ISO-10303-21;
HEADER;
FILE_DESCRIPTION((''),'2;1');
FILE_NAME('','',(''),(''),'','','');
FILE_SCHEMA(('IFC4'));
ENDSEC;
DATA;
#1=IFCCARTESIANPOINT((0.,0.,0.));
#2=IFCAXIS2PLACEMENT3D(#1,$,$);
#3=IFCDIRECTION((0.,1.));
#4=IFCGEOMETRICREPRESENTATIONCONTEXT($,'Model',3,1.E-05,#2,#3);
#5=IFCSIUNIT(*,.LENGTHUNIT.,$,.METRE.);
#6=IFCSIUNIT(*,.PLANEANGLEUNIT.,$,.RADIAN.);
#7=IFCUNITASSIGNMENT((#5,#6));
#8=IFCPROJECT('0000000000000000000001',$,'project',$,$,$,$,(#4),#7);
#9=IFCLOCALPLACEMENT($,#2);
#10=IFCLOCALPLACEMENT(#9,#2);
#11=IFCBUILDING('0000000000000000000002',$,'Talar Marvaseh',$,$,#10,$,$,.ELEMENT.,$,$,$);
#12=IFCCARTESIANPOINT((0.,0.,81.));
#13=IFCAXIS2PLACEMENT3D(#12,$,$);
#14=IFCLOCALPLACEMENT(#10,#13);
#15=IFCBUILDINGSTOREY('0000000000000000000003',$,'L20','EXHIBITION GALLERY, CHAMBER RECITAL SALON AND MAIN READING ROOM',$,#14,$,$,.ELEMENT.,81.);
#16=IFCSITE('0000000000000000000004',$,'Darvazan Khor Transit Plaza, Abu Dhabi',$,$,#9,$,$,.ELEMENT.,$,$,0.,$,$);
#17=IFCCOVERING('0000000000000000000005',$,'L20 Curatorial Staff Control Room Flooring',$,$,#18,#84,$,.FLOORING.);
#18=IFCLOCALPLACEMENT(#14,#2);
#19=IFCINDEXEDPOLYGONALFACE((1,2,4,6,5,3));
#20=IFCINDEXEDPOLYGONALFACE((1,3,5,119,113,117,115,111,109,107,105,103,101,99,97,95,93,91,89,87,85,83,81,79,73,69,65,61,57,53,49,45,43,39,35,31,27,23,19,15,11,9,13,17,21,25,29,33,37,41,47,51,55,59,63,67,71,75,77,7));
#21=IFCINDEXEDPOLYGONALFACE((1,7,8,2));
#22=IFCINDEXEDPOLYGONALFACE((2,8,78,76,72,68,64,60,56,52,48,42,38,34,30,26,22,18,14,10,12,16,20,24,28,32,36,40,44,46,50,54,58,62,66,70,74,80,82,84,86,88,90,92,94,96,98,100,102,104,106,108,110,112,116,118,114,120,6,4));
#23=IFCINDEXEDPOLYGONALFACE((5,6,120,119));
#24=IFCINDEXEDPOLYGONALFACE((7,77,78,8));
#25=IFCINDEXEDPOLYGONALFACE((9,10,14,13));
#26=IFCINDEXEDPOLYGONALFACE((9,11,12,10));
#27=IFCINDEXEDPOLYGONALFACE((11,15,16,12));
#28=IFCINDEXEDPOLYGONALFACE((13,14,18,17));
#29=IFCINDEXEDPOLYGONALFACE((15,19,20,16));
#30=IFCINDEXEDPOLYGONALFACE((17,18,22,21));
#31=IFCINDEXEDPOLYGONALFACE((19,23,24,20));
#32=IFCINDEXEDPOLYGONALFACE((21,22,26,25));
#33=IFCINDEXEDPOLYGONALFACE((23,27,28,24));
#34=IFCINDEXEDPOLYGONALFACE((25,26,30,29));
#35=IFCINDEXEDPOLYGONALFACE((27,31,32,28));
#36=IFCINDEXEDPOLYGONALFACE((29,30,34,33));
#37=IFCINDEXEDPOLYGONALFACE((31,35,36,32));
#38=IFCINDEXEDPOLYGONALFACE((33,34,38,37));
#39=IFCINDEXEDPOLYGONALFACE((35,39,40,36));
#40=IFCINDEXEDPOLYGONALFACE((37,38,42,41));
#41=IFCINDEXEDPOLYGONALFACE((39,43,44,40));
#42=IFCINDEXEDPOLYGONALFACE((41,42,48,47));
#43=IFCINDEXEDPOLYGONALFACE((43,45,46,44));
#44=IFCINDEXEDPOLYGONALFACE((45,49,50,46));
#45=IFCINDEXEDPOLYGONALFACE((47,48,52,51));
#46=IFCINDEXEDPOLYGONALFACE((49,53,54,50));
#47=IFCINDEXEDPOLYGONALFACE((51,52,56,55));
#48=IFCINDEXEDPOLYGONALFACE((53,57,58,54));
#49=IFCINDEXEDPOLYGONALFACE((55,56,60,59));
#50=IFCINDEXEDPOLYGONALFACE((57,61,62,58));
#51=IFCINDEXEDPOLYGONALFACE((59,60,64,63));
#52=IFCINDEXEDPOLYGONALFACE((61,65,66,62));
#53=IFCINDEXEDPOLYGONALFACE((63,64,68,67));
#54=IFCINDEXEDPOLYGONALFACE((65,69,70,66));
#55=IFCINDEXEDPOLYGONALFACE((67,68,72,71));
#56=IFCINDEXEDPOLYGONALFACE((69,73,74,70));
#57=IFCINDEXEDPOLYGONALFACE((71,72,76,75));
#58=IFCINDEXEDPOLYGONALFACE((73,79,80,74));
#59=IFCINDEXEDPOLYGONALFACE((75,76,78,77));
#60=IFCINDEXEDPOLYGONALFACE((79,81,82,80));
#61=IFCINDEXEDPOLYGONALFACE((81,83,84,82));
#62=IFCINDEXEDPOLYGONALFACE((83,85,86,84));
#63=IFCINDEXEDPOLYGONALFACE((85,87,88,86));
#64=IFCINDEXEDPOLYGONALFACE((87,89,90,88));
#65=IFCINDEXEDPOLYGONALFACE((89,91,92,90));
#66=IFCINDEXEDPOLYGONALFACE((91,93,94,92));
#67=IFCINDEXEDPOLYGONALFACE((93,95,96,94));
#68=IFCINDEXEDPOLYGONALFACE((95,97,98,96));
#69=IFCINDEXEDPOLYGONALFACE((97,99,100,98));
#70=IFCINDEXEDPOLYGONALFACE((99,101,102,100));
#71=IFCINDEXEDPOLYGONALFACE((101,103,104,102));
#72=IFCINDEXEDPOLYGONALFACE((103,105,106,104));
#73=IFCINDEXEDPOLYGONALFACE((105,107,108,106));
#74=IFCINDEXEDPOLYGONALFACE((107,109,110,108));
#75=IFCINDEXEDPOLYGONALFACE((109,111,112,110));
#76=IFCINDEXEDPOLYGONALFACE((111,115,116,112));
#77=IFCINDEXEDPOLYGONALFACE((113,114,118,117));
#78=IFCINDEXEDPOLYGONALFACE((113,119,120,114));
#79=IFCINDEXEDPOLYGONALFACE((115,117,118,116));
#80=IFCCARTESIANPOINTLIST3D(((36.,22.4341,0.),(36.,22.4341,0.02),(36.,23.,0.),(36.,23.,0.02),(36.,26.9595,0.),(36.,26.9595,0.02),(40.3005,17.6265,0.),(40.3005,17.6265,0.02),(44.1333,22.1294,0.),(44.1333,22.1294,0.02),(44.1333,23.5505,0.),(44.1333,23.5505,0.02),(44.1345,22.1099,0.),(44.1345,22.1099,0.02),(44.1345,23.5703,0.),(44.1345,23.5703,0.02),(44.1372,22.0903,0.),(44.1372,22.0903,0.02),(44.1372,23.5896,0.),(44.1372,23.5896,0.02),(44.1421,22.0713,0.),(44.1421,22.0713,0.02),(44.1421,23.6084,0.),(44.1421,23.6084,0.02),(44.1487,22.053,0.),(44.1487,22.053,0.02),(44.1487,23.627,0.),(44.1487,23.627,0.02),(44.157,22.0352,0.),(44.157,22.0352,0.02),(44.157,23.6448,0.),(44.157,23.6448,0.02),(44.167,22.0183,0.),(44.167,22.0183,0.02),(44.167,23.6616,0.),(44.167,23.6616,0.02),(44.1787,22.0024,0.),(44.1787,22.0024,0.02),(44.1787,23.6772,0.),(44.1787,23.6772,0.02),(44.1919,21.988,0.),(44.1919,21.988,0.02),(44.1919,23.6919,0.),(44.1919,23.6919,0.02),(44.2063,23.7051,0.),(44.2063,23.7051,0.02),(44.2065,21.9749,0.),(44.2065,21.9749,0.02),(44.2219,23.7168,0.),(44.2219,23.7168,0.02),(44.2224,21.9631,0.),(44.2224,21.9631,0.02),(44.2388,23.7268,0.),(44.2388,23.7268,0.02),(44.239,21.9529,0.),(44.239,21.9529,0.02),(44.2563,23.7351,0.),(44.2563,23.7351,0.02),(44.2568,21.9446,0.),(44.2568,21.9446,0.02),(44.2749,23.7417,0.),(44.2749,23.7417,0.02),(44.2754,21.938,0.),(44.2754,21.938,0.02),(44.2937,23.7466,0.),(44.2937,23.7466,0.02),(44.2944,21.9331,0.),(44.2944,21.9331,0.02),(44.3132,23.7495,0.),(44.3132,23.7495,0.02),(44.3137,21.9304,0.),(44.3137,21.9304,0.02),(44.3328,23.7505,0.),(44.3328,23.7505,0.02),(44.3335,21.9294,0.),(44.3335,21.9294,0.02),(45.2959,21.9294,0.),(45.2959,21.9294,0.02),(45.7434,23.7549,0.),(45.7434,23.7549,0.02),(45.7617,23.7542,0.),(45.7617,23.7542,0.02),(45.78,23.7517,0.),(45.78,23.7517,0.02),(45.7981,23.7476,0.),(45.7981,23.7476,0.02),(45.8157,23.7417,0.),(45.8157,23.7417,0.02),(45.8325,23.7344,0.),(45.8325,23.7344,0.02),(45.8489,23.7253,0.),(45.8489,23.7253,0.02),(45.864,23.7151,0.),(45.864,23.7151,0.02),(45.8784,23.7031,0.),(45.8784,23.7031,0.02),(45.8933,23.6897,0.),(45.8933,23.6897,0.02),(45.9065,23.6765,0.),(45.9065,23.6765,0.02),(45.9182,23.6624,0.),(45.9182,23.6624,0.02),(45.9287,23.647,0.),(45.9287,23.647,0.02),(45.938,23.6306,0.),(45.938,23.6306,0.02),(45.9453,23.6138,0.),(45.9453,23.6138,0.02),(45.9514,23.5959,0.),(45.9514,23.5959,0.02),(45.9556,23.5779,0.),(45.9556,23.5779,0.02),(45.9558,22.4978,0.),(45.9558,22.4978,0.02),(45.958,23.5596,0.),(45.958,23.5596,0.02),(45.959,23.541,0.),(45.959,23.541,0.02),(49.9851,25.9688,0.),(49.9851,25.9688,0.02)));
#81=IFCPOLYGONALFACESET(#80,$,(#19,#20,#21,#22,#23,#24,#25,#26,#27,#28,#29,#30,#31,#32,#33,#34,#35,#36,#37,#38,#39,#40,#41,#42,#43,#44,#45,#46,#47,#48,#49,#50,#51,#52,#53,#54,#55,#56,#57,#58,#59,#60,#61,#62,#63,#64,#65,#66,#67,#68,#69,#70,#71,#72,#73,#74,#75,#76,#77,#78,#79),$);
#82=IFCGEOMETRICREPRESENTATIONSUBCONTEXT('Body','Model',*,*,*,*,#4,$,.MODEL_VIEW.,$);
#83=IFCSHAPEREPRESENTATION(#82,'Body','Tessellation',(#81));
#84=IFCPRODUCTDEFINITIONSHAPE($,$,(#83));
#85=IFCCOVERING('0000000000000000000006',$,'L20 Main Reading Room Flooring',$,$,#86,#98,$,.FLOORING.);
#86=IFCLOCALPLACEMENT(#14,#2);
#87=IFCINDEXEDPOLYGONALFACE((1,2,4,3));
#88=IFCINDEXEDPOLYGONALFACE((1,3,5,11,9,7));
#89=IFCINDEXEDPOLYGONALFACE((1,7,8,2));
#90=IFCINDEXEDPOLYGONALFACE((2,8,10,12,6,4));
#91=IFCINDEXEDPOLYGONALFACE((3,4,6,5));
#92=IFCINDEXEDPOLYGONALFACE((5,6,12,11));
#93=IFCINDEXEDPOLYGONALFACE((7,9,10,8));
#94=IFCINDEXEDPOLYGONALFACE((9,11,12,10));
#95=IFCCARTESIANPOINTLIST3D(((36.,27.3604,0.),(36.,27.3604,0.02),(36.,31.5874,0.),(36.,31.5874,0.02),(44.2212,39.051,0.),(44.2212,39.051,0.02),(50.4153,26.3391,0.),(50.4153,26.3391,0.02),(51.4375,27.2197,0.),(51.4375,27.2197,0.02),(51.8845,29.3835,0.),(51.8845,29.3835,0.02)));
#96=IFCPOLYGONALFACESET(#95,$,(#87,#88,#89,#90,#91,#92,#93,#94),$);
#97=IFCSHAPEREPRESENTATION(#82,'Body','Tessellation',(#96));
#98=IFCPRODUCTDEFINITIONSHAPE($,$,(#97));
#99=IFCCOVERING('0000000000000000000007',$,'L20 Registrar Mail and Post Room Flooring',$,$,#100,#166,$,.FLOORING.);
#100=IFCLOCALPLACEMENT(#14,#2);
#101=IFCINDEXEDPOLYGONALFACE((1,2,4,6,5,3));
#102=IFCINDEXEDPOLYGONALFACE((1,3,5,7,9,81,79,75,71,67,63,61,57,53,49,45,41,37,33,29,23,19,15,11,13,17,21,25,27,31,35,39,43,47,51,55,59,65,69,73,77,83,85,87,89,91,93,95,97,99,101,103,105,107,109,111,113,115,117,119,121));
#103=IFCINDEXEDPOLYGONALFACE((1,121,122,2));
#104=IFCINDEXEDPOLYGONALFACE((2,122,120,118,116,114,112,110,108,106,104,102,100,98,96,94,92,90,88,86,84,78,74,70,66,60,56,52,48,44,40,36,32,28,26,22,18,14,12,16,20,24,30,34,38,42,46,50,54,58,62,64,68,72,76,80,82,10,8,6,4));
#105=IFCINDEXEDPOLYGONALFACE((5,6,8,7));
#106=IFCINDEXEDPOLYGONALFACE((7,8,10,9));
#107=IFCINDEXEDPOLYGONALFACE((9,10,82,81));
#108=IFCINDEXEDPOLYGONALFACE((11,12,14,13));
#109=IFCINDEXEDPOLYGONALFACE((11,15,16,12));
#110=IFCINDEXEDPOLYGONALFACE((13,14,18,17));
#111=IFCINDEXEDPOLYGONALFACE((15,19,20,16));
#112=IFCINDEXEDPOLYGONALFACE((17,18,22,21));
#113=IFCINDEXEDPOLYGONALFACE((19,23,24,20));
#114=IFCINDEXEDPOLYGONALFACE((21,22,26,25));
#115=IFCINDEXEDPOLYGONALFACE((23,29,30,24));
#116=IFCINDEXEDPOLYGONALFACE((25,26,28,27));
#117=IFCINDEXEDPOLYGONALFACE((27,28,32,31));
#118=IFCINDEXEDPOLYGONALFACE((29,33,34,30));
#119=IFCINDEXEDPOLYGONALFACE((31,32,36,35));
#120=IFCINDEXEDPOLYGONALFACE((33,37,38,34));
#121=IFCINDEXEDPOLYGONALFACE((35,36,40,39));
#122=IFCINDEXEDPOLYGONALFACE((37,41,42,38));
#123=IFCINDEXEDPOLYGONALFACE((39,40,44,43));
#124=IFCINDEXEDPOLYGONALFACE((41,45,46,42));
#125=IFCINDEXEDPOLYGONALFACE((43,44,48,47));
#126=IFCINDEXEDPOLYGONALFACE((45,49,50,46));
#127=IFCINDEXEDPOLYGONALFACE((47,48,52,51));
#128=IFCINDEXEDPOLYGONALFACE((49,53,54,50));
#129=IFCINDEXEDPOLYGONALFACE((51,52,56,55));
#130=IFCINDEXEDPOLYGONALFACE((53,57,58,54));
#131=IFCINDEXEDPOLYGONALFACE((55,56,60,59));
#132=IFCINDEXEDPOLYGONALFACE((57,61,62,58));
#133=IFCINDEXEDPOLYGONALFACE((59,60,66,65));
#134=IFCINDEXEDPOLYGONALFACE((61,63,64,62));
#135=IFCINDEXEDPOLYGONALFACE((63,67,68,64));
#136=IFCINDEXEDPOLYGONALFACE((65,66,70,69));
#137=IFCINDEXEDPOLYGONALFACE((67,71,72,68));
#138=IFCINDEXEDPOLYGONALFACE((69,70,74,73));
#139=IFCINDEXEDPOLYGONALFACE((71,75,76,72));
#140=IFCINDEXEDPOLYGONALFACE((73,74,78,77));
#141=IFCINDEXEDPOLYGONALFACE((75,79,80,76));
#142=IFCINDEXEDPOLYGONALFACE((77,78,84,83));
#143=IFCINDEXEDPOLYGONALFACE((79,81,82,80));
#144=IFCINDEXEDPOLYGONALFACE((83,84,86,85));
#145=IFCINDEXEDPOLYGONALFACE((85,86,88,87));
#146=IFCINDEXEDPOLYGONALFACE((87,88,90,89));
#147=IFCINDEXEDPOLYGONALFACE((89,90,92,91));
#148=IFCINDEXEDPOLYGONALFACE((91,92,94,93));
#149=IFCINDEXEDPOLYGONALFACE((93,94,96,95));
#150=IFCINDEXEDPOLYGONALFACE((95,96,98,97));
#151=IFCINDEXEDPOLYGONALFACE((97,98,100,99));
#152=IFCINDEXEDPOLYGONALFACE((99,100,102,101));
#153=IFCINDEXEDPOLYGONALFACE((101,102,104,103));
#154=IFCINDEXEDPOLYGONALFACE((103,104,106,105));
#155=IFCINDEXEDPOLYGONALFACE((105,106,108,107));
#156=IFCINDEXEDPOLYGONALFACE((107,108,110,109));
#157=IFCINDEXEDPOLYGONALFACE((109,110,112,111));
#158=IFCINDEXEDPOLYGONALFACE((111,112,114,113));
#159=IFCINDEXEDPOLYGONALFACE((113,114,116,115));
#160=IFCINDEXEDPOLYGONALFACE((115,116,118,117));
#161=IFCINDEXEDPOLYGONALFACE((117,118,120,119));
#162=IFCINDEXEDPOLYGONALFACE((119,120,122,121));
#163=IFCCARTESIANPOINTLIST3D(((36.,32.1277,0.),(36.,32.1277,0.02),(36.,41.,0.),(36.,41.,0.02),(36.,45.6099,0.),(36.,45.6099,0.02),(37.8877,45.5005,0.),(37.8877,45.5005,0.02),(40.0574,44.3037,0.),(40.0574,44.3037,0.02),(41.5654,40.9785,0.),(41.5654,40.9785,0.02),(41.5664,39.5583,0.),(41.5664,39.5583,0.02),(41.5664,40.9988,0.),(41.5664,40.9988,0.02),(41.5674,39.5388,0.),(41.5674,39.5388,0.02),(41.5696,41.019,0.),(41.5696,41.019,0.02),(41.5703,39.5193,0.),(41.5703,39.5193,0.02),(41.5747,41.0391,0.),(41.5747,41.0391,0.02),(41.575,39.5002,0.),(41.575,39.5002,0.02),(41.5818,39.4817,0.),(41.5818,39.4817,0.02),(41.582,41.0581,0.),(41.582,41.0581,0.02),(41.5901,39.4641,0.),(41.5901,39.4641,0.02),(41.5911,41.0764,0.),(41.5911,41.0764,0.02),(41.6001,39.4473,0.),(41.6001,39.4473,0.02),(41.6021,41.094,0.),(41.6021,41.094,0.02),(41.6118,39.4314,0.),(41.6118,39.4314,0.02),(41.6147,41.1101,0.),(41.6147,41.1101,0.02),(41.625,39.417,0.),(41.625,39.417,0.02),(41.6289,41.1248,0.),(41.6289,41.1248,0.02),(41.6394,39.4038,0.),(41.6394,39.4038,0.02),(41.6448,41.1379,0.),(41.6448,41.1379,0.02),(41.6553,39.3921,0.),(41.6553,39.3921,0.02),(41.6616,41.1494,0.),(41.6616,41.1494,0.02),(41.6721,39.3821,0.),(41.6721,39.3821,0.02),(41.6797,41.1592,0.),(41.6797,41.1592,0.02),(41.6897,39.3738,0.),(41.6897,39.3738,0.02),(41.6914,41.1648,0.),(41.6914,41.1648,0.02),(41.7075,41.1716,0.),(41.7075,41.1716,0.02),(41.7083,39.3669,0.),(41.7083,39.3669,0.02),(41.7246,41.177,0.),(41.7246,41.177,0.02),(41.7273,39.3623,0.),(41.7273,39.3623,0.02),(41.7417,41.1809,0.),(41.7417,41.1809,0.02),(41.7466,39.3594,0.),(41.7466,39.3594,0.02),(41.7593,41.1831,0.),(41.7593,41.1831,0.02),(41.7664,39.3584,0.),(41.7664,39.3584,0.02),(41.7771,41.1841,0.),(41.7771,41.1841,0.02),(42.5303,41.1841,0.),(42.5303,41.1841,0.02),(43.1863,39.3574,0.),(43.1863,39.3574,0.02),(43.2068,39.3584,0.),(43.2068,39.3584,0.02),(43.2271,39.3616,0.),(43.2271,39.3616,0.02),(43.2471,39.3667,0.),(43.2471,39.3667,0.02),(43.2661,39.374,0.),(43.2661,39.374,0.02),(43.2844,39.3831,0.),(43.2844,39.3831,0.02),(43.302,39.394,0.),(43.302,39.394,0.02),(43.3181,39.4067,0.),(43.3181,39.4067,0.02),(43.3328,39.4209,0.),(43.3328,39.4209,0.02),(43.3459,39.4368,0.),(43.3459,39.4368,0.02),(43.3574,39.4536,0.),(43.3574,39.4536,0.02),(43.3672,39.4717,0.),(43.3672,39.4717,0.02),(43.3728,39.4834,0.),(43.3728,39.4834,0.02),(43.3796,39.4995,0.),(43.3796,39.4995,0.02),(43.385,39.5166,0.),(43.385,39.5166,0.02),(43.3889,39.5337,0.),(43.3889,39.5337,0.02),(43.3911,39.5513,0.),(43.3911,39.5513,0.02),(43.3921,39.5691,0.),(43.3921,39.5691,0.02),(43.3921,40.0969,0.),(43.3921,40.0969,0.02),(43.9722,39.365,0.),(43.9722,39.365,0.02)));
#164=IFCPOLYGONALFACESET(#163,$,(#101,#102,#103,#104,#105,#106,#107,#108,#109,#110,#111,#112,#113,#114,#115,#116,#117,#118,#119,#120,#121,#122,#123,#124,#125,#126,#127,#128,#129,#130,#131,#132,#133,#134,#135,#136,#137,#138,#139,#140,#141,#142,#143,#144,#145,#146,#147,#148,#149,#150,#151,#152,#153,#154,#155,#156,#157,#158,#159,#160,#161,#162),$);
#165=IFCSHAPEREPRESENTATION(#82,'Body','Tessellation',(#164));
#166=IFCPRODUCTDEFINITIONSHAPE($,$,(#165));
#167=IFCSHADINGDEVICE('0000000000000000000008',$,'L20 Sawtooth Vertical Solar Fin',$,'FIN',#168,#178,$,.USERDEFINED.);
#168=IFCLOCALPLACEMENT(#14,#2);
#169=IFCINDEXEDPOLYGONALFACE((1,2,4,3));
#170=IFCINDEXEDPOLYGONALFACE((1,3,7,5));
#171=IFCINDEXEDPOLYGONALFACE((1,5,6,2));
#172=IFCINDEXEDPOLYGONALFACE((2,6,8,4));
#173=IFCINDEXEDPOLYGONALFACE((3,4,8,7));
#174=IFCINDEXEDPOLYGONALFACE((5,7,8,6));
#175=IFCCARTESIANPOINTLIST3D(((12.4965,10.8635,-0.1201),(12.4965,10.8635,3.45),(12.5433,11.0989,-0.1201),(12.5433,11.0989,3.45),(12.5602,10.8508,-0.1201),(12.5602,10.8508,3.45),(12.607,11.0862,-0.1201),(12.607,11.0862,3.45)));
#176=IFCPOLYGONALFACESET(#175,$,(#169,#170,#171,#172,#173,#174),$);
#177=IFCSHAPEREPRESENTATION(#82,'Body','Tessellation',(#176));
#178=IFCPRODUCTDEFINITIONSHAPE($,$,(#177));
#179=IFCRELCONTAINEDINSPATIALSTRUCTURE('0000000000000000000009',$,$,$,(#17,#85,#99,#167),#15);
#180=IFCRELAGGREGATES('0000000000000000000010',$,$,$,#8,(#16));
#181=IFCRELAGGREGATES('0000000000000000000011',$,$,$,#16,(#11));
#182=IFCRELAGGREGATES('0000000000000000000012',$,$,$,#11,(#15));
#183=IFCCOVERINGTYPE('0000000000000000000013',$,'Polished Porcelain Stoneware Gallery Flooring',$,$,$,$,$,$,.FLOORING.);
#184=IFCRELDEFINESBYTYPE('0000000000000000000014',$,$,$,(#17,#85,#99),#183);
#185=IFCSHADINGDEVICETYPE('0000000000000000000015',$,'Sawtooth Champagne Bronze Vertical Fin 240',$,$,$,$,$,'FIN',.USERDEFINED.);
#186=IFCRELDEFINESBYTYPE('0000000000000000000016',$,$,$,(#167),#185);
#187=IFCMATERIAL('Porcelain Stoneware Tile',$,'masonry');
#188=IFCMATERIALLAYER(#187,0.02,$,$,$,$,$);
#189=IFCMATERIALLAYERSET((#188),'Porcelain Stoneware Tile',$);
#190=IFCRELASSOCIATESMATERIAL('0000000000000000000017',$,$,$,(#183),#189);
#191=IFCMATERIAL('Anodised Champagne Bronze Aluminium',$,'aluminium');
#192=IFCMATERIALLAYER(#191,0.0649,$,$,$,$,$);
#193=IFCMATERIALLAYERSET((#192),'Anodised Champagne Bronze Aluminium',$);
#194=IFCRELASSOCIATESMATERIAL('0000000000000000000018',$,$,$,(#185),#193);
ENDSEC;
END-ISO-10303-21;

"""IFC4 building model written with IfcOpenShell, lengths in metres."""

from ifc_helpers import new_model, si_unit, direction, frame, origin, origin_2d, place, context, subcontext, project, spatial, polyline, rectangle, outline, extrude, source, transform, mapped, material, layer, layer_set, type_object, type_shapes, element, save


model = new_model("IFC4")

# Units and contexts
model_context = context("Model", 3, precision=1e-05, world=origin(), true_north=direction((0.0, 1.0)))
body_context = subcontext(model_context, "Body", "Model", "MODEL_VIEW")
ifc_project = project(units=[si_unit("LENGTHUNIT", "METRE"), si_unit("PLANEANGLEUNIT", "RADIAN")], contexts=[model_context])

# Site, building, storey
site_placement = place(None, origin())
site = spatial("IfcSite", under=ifc_project, at=site_placement, Name="Darvazan Khor Transit Plaza, Abu Dhabi", CompositionType="ELEMENT", RefElevation=0.0)
building_placement = place(site_placement, origin())
building = spatial("IfcBuilding", under=site, at=building_placement, Name="Talar Marvaseh", CompositionType="ELEMENT")
storey_placement = place(building_placement, frame((0.0, 0.0, 81.0)))
storey = spatial("IfcBuildingStorey", under=building, at=storey_placement, Name="L20", Description="EXHIBITION GALLERY, CHAMBER RECITAL SALON AND MAIN READING ROOM", CompositionType="ELEMENT", Elevation=81.0)

# Coverings
ifc_material_1 = material(Name="Porcelain Stoneware Tile", Category="masonry")
ifc_layer_1 = layer(ifc_material_1, 0.02)
ifc_layer_set_1 = layer_set([ifc_layer_1], Name="Porcelain Stoneware Tile")
covering_type_1 = type_object("IfcCoveringType", Name="Polished Porcelain Stoneware Gallery Flooring", PredefinedType="FLOORING", material=ifc_layer_set_1)
covering_1_placement = place(storey_placement, origin())
element("IfcCovering", 1, at=covering_1_placement, inside=storey, type_object=covering_type_1, Name="L20 Curatorial Staff Control Room Flooring", PredefinedType="FLOORING", context=body_context, shape_type="SweptSolid", body=[
    extrude(outline(polyline([(49.9851, 25.9688), (45.9558, 22.4978), (45.959, 23.541), (45.958, 23.5596), (45.9556, 23.5779), (45.9514, 23.5959), (45.9453, 23.6138), (45.938, 23.6306), (45.9287, 23.647), (45.9182, 23.6624), (45.9065, 23.6765), (45.8933, 23.6897), (45.8784, 23.7031), (45.864, 23.7151), (45.8489, 23.7253), (45.8325, 23.7344), (45.8157, 23.7417), (45.7981, 23.7476), (45.78, 23.7517), (45.7617, 23.7542), (45.7434, 23.7549), (44.3328, 23.7505), (44.3132, 23.7495), (44.2937, 23.7466), (44.2749, 23.7417), (44.2563, 23.7351), (44.2388, 23.7268), (44.2219, 23.7168), (44.2063, 23.7051), (44.1919, 23.6919), (44.1787, 23.6772), (44.167, 23.6616), (44.157, 23.6448), (44.1487, 23.627), (44.1421, 23.6084), (44.1372, 23.5896), (44.1345, 23.5703), (44.1333, 23.5505), (44.1333, 22.1294), (44.1345, 22.1099), (44.1372, 22.0903), (44.1421, 22.0713), (44.1487, 22.053), (44.157, 22.0352), (44.167, 22.0183), (44.1787, 22.0024), (44.1919, 21.988), (44.2065, 21.9749), (44.2224, 21.9631), (44.239, 21.9529), (44.2568, 21.9446), (44.2754, 21.938), (44.2944, 21.9331), (44.3137, 21.9304), (44.3335, 21.9294), (45.2959, 21.9294), (40.3005, 17.6265), (36.0, 22.4341), (36.0, 23.0), (36.0, 26.9595), (49.9851, 25.9688)])), origin(), (0.0, 0.0, 1.0), 0.02),
])
covering_2_placement = place(storey_placement, origin())
element("IfcCovering", 2, at=covering_2_placement, inside=storey, type_object=covering_type_1, Name="L20 Main Reading Room Flooring", PredefinedType="FLOORING", context=body_context, shape_type="SweptSolid", body=[
    extrude(outline(polyline([(36.0, 27.3604), (36.0, 31.5874), (44.2212, 39.051), (51.8845, 29.3835), (51.4375, 27.2197), (50.4153, 26.3391), (36.0, 27.3604)])), origin(), (0.0, 0.0, 1.0), 0.02),
])
covering_3_placement = place(storey_placement, origin())
element("IfcCovering", 3, at=covering_3_placement, inside=storey, type_object=covering_type_1, Name="L20 Registrar Mail and Post Room Flooring", PredefinedType="FLOORING", context=body_context, shape_type="SweptSolid", body=[
    extrude(outline(polyline([(40.0574, 44.3037), (42.5303, 41.1841), (41.7771, 41.1841), (41.7593, 41.1831), (41.7417, 41.1809), (41.7246, 41.177), (41.7075, 41.1716), (41.6914, 41.1648), (41.6797, 41.1592), (41.6616, 41.1494), (41.6448, 41.1379), (41.6289, 41.1248), (41.6147, 41.1101), (41.6021, 41.094), (41.5911, 41.0764), (41.582, 41.0581), (41.5747, 41.0391), (41.5696, 41.019), (41.5664, 40.9988), (41.5654, 40.9785), (41.5664, 39.5583), (41.5674, 39.5388), (41.5703, 39.5193), (41.575, 39.5002), (41.5818, 39.4817), (41.5901, 39.4641), (41.6001, 39.4473), (41.6118, 39.4314), (41.625, 39.417), (41.6394, 39.4038), (41.6553, 39.3921), (41.6721, 39.3821), (41.6897, 39.3738), (41.7083, 39.3669), (41.7273, 39.3623), (41.7466, 39.3594), (41.7664, 39.3584), (43.1863, 39.3574), (43.2068, 39.3584), (43.2271, 39.3616), (43.2471, 39.3667), (43.2661, 39.374), (43.2844, 39.3831), (43.302, 39.394), (43.3181, 39.4067), (43.3328, 39.4209), (43.3459, 39.4368), (43.3574, 39.4536), (43.3672, 39.4717), (43.3728, 39.4834), (43.3796, 39.4995), (43.385, 39.5166), (43.3889, 39.5337), (43.3911, 39.5513), (43.3921, 39.5691), (43.3921, 40.0969), (43.9722, 39.365), (36.0, 32.1277), (36.0, 41.0), (36.0, 45.6099), (37.8877, 45.5005), (40.0574, 44.3037)])), origin(), (0.0, 0.0, 1.0), 0.02),
])

# Shading device
ifc_material_2 = material(Name="Anodised Champagne Bronze Aluminium", Category="aluminium")
ifc_layer_2 = layer(ifc_material_2, 0.0649)
ifc_layer_set_2 = layer_set([ifc_layer_2], Name="Anodised Champagne Bronze Aluminium")
shading_device_type = type_object("IfcShadingDeviceType", Name="Sawtooth Champagne Bronze Vertical Fin 240", ElementType="FIN", PredefinedType="USERDEFINED", material=ifc_layer_set_2)
shared_shape_1 = source(origin(), body_context, "Body", "SweptSolid", [
    extrude(rectangle(XDim=0.24, YDim=0.0649, at=origin_2d()), origin(), (0.0, 0.0, 1.0), 3.5701),
])
type_shapes(shading_device_type, [shared_shape_1])
for number, where, z_axis, x_axis, name in (
    (4, (12.5518, 10.9749, -0.1201), (0.0, 0.0, 1.0), (-0.194919, -0.980819, 0.0), "L20 Sawtooth Vertical Solar Fin"),
):
    element("IfcShadingDevice", number, at=place(storey_placement, frame(where, z_axis=z_axis, x_axis=x_axis)), inside=storey, type_object=shading_device_type, Name=name, ObjectType="FIN", PredefinedType="USERDEFINED", context=body_context, shape_type="MappedRepresentation", body=[
        mapped(shared_shape_1, transform((0.0, 0.0, 0.0), x_axis=(1.0, 0.0, 0.0), y_axis=(0.0, 1.0, 0.0), z_axis=(0.0, 0.0, 1.0), scale=1.0)),
    ])

save(model, "model.ifc")
